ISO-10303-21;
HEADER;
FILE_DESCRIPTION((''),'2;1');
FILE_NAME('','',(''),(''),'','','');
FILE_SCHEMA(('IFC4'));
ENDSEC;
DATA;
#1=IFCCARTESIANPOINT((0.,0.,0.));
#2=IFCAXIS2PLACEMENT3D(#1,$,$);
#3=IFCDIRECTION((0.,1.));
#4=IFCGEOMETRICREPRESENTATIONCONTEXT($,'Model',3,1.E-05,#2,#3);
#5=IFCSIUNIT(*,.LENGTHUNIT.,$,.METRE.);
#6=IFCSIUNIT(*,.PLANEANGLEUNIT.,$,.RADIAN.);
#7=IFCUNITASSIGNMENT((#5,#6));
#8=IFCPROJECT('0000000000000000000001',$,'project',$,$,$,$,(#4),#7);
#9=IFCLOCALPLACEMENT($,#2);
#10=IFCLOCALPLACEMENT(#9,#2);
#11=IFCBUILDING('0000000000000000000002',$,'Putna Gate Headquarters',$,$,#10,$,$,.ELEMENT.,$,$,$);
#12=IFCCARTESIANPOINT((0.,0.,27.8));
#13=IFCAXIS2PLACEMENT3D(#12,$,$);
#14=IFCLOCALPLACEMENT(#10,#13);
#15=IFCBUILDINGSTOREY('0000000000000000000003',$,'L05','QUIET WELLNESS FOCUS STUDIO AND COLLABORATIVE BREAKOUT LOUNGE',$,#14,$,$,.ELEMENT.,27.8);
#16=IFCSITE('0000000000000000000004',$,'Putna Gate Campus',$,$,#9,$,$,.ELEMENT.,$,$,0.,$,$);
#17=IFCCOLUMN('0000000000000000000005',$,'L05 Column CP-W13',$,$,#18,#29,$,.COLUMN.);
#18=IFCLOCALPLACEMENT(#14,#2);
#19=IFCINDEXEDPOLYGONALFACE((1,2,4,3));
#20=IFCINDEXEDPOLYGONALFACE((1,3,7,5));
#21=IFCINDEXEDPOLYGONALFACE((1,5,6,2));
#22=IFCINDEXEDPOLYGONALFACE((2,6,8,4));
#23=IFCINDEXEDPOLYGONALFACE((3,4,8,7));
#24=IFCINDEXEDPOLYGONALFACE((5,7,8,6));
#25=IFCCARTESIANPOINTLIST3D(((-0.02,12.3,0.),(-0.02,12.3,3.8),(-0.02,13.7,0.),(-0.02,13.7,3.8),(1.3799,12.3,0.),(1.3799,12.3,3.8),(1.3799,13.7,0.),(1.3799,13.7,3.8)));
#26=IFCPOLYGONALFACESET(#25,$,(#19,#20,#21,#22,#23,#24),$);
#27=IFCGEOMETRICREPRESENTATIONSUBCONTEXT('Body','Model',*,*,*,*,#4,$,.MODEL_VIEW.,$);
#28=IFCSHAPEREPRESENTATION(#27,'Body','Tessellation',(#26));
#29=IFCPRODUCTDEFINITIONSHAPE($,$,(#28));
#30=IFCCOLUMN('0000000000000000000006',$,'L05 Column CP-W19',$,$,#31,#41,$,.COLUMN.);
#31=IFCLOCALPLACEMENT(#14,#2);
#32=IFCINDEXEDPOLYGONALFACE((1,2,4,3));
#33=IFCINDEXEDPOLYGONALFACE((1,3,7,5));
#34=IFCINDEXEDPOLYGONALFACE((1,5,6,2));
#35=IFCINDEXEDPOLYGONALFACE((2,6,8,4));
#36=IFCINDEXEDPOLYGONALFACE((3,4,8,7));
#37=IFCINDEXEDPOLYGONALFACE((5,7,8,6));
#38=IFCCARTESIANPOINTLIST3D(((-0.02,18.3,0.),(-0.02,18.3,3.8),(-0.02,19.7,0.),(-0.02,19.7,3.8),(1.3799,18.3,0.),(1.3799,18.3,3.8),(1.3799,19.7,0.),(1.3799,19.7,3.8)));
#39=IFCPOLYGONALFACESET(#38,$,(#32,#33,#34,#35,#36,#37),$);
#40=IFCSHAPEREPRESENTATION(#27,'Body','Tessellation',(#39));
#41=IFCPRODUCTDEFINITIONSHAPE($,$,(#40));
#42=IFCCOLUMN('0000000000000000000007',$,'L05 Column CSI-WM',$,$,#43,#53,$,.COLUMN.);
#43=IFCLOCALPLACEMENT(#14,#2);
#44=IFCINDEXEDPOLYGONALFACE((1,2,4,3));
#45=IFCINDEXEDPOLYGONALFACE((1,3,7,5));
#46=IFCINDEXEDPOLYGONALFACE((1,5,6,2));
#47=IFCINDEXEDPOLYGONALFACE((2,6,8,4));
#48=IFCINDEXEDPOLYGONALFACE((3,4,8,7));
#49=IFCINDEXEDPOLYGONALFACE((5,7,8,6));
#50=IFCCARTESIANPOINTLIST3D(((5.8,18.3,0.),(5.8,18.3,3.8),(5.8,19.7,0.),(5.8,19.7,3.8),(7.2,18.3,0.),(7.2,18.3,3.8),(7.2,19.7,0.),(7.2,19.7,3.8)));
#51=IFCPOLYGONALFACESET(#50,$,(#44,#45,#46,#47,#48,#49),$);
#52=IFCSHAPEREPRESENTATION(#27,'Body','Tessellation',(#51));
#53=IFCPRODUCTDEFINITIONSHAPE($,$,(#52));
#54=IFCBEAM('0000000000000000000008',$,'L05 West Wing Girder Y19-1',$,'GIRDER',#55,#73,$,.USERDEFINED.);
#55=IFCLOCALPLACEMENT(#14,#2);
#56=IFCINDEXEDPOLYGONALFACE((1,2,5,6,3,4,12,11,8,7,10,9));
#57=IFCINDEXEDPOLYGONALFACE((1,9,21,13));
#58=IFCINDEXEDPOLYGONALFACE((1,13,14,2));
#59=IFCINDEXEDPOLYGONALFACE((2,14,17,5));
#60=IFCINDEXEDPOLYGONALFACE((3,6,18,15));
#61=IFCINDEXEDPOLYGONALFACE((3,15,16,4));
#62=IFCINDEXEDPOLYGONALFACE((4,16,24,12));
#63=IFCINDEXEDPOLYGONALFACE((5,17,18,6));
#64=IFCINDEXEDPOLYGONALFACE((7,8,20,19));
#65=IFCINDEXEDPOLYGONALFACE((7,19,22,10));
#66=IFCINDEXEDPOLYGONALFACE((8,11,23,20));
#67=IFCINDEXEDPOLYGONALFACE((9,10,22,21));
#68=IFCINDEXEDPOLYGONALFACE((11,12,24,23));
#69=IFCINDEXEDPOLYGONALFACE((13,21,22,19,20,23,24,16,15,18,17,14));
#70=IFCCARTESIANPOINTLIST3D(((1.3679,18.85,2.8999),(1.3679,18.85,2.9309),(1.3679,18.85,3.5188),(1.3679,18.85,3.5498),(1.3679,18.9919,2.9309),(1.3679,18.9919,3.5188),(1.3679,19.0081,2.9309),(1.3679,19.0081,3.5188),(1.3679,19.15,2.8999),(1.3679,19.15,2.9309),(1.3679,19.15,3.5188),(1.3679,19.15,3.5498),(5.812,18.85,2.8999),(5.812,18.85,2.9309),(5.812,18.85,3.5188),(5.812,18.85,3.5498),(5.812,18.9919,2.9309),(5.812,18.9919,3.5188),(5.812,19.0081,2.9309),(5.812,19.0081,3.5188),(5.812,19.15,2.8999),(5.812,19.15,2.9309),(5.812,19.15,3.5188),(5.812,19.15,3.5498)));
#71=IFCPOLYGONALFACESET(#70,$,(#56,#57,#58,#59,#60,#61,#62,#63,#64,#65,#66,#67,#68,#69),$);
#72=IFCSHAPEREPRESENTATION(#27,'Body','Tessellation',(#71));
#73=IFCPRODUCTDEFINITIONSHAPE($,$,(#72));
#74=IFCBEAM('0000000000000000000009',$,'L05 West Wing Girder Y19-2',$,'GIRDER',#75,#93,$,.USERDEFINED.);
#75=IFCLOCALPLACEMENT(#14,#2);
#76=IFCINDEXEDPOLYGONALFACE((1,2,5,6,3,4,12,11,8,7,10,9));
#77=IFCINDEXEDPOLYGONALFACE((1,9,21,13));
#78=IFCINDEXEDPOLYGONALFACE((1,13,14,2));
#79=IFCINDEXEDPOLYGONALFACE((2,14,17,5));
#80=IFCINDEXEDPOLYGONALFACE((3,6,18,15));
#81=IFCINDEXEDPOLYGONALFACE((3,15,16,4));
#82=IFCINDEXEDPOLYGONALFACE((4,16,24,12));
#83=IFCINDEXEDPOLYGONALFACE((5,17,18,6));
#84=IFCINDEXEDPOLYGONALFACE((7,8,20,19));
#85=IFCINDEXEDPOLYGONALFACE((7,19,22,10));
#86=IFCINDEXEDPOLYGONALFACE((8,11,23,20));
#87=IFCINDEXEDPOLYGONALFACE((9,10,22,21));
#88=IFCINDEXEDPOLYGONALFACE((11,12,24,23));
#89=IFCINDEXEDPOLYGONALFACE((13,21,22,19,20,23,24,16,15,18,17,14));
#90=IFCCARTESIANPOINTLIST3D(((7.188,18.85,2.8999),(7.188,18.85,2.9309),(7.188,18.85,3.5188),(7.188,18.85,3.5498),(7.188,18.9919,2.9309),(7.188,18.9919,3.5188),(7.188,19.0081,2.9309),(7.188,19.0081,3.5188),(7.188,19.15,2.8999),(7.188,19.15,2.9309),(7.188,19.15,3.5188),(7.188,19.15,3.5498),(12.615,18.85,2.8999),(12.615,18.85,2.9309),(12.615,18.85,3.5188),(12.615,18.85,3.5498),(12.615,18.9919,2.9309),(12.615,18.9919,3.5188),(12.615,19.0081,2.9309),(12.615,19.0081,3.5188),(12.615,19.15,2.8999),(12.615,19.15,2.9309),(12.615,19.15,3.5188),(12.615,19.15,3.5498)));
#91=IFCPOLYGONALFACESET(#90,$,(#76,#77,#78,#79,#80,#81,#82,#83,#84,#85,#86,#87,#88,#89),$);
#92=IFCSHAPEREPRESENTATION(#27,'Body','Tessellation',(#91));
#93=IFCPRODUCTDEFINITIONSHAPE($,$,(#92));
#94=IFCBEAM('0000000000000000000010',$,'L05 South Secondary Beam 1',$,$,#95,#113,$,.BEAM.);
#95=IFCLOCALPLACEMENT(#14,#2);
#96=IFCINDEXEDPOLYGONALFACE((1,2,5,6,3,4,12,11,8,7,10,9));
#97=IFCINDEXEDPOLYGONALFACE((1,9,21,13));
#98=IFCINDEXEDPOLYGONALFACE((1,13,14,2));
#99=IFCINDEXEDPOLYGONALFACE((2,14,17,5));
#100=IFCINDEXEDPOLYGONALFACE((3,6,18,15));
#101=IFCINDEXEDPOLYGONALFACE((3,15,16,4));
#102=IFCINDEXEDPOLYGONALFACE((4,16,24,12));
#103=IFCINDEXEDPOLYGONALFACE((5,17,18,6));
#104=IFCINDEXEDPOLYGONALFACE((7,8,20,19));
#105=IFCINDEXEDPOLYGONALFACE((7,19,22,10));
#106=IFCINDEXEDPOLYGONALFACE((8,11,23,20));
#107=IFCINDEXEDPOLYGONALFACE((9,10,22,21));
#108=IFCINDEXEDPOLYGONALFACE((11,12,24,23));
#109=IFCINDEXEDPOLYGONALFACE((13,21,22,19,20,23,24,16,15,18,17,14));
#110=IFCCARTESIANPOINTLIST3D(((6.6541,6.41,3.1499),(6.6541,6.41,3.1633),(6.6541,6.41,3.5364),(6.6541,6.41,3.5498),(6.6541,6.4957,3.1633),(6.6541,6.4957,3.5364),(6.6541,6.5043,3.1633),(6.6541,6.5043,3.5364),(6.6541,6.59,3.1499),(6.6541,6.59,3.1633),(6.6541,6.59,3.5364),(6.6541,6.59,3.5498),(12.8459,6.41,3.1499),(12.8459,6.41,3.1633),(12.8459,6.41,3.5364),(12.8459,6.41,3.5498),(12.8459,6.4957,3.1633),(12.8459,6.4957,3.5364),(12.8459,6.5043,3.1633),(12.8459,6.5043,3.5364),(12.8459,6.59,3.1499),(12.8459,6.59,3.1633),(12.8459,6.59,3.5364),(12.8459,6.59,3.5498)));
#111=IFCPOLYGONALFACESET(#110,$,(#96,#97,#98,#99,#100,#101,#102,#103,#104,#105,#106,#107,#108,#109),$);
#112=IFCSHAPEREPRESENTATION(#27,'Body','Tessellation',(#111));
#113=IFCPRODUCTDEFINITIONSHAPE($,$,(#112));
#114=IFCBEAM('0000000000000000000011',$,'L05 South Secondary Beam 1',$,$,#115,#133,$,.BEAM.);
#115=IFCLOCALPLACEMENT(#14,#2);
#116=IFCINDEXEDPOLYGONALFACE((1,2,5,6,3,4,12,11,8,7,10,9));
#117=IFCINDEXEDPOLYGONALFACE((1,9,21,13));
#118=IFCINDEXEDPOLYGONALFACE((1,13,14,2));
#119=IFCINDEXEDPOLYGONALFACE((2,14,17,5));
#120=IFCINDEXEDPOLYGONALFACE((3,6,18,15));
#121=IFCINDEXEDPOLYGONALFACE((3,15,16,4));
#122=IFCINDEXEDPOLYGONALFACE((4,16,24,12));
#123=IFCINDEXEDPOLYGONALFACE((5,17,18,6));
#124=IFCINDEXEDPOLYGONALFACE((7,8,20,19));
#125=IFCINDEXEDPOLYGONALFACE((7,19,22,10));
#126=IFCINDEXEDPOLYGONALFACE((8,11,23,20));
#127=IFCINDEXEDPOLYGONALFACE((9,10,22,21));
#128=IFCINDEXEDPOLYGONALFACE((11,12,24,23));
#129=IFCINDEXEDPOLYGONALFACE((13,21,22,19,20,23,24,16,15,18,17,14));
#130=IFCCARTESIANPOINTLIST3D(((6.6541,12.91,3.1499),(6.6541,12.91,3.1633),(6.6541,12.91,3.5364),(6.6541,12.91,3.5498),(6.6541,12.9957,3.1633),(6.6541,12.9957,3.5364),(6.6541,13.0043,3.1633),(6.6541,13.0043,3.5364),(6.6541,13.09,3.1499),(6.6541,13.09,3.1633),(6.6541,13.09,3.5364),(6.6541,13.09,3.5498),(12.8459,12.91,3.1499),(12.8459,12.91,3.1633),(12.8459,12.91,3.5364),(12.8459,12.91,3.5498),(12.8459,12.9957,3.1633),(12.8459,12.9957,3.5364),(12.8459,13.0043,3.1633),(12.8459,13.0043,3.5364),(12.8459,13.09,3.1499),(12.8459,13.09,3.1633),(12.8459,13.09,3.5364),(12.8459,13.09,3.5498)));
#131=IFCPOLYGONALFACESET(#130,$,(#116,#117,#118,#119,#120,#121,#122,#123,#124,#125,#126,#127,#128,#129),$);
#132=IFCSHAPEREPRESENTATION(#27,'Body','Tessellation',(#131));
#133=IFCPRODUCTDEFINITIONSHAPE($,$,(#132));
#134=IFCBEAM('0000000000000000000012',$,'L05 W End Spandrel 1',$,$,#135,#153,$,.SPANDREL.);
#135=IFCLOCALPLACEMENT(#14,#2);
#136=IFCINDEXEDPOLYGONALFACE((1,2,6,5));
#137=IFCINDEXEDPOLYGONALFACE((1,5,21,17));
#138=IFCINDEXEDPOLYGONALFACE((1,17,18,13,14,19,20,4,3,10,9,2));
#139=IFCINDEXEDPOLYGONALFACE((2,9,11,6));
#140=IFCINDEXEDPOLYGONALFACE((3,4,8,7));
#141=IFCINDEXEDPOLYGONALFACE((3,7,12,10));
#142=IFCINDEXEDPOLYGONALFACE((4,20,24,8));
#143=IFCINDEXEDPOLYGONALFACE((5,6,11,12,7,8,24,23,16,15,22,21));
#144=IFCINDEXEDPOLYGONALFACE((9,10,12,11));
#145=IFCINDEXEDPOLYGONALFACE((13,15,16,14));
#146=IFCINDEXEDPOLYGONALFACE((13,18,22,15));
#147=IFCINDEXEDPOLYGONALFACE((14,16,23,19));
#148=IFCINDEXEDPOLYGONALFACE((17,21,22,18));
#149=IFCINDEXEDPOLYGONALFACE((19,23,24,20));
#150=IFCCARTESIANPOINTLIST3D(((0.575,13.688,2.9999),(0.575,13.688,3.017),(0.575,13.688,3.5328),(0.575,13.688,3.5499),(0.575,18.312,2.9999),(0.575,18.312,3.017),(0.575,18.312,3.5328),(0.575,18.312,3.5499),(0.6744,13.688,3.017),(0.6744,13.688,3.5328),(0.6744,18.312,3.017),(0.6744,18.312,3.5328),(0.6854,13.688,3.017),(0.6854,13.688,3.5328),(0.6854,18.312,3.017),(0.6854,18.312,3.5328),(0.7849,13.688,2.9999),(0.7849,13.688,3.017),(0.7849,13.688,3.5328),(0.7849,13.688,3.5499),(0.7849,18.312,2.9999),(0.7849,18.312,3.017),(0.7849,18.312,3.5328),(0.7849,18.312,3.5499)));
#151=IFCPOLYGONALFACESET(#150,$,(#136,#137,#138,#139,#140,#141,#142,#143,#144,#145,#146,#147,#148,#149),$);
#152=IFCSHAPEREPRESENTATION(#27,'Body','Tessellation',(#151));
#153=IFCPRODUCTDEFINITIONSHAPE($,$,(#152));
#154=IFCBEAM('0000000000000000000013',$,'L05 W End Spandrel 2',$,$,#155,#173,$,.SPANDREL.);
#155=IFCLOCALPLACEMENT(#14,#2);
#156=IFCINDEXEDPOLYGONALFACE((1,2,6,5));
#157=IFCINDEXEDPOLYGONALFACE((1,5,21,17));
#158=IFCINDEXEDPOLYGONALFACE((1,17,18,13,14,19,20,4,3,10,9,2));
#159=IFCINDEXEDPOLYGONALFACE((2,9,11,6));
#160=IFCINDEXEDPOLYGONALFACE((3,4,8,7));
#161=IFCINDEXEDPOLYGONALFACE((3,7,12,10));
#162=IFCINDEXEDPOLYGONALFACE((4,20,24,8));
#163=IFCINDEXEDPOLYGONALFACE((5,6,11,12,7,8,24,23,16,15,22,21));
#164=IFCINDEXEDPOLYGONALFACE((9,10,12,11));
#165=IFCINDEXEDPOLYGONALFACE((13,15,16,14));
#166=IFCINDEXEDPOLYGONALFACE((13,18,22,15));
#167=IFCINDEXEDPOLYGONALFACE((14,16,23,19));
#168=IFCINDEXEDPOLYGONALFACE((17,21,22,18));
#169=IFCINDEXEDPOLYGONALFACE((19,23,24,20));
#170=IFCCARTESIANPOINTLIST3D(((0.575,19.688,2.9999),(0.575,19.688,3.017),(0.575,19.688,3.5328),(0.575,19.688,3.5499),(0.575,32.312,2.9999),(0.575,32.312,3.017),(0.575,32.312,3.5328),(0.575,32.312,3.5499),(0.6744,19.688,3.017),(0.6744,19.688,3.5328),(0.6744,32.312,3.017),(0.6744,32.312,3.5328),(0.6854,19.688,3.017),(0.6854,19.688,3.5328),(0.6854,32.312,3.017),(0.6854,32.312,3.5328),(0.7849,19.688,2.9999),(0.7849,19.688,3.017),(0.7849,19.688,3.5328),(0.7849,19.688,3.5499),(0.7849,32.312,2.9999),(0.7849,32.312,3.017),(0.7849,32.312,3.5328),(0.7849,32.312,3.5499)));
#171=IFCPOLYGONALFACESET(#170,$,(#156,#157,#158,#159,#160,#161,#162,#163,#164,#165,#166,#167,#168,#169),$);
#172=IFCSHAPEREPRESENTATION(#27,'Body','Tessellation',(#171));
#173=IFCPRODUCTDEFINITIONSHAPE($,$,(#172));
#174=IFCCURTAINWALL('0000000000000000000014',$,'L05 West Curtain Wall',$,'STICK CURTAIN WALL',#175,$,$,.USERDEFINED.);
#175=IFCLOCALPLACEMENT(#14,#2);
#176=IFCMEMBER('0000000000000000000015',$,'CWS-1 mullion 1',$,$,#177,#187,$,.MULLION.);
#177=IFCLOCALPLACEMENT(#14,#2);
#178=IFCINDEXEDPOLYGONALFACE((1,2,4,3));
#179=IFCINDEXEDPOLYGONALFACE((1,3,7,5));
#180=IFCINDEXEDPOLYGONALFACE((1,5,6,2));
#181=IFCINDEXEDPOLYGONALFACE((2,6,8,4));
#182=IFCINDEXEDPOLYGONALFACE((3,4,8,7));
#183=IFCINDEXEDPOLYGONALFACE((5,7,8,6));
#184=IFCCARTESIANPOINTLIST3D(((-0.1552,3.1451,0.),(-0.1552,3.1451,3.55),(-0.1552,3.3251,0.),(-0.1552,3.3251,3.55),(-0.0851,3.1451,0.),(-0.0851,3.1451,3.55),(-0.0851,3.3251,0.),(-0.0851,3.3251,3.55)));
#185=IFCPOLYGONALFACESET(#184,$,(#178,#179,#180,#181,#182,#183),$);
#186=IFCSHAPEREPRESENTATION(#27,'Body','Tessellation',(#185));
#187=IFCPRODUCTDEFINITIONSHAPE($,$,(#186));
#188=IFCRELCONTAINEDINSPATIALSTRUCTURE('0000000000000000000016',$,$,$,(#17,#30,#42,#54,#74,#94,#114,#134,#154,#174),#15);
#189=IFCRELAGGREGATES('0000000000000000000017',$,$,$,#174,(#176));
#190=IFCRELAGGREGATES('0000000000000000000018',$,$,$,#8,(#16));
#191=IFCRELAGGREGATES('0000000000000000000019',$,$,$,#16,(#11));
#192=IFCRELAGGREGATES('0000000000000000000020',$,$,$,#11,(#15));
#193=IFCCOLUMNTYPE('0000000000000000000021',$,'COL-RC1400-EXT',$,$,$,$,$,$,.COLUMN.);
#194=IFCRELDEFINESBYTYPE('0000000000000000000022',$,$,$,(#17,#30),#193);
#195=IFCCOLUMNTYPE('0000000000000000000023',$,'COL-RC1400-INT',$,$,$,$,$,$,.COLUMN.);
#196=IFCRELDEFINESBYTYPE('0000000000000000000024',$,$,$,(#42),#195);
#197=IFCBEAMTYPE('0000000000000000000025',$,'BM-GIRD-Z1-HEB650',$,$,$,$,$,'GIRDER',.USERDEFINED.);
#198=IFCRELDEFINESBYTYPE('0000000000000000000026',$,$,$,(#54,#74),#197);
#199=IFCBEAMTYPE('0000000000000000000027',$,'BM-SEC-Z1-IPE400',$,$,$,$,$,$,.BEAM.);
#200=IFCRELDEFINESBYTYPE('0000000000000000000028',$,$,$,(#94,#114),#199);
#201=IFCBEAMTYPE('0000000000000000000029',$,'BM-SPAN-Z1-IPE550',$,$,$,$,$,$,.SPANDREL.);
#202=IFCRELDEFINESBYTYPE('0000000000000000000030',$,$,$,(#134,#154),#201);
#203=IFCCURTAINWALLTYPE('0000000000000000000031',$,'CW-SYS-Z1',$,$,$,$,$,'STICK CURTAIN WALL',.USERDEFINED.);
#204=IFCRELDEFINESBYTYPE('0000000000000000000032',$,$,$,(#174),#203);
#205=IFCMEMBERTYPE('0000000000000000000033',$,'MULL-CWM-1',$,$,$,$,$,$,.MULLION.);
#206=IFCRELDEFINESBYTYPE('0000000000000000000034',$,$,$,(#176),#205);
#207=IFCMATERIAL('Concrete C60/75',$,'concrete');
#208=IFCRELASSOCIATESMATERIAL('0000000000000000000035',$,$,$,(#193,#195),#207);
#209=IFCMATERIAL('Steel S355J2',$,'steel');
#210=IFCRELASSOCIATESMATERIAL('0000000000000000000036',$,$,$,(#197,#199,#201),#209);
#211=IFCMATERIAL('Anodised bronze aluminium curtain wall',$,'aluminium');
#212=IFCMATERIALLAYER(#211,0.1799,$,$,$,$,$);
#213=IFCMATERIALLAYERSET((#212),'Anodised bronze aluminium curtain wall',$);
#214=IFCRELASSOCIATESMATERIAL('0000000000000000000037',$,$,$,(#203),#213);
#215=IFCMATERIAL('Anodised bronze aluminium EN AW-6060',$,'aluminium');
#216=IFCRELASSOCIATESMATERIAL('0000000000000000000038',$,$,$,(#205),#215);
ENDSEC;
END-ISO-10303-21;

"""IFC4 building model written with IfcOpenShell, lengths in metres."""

from ifc_helpers import new_model, si_unit, direction, frame, origin, origin_2d, place, context, subcontext, project, spatial, rectangle, i_section, extrude, material, layer, layer_set, material_profile, profile_set, type_object, element, aggregate, save


model = new_model("IFC4")

# Units and contexts
model_context = context("Model", 3, precision=1e-05, world=origin(), true_north=direction((0.0, 1.0)))
body_context = subcontext(model_context, "Body", "Model", "MODEL_VIEW")
ifc_project = project(units=[si_unit("LENGTHUNIT", "METRE"), si_unit("PLANEANGLEUNIT", "RADIAN")], contexts=[model_context])

# Site, building, storey
site_placement = place(None, origin())
site = spatial("IfcSite", under=ifc_project, at=site_placement, Name="Putna Gate Campus", CompositionType="ELEMENT", RefElevation=0.0)
building_placement = place(site_placement, origin())
building = spatial("IfcBuilding", under=site, at=building_placement, Name="Putna Gate Headquarters", CompositionType="ELEMENT")
storey_placement = place(building_placement, frame((0.0, 0.0, 27.8)))
storey = spatial("IfcBuildingStorey", under=building, at=storey_placement, Name="L05", Description="QUIET WELLNESS FOCUS STUDIO AND COLLABORATIVE BREAKOUT LOUNGE", CompositionType="ELEMENT", Elevation=27.8)

# Columns
ifc_material_1 = material(Name="Concrete C60/75", Category="concrete")
ifc_material_profile_1 = material_profile(ifc_material_1, rectangle(XDim=1.3999, YDim=1.3999, at=origin_2d()), Name="Concrete C60/75")
ifc_profile_set_1 = profile_set([ifc_material_profile_1], Name="Concrete C60/75")
column_type_1 = type_object("IfcColumnType", Name="COL-RC1400-EXT", PredefinedType="COLUMN", material=ifc_profile_set_1)
for number, where, z_axis, x_axis, name in (
    (1, (0.6799, 13.0, 0.0), (0.0, 0.0, 1.0), (1.0, 0.0, 0.0), "L05 Column CP-W13"),
    (2, (0.6799, 19.0, 0.0), (0.0, 0.0, 1.0), (1.0, 0.0, 0.0), "L05 Column CP-W19"),
):
    element("IfcColumn", number, at=place(storey_placement, frame(where, z_axis=z_axis, x_axis=x_axis)), inside=storey, type_object=column_type_1, Name=name, PredefinedType="COLUMN", context=body_context, shape_type="SweptSolid", body=[
        extrude(rectangle(XDim=1.3999, YDim=1.3999, at=origin_2d()), origin(), (0.0, 0.0, 1.0), 3.8),
    ])
ifc_material_profile_2 = material_profile(ifc_material_1, rectangle(XDim=1.3999, YDim=1.3999, at=origin_2d()), Name="Concrete C60/75")
ifc_profile_set_2 = profile_set([ifc_material_profile_2], Name="Concrete C60/75")
column_type_2 = type_object("IfcColumnType", Name="COL-RC1400-INT", PredefinedType="COLUMN", material=ifc_profile_set_2)
column_placement = place(storey_placement, frame((6.5, 19.0, 0.0), z_axis=(0.0, 0.0, 1.0), x_axis=(1.0, 0.0, 0.0)))
element("IfcColumn", 3, at=column_placement, inside=storey, type_object=column_type_2, Name="L05 Column CSI-WM", PredefinedType="COLUMN", context=body_context, shape_type="SweptSolid", body=[
    extrude(rectangle(XDim=1.3999, YDim=1.3999, at=origin_2d()), origin(), (0.0, 0.0, 1.0), 3.8),
])

# Beams
ifc_material_2 = material(Name="Steel S355J2", Category="steel")
ifc_material_profile_3 = material_profile(ifc_material_2, i_section(OverallWidth=0.3, OverallDepth=0.6499, WebThickness=0.0161, FlangeThickness=0.031, at=origin_2d()), Name="Steel S355J2")
ifc_profile_set_3 = profile_set([ifc_material_profile_3], Name="Steel S355J2")
beam_type_1 = type_object("IfcBeamType", Name="BM-GIRD-Z1-HEB650", ElementType="GIRDER", PredefinedType="USERDEFINED", material=ifc_profile_set_3)
beam_1_placement = place(storey_placement, frame((1.3679, 19.0, 3.2249), z_axis=(1.0, 0.0, 0.0), x_axis=(0.0, 1.0, 0.0)))
element("IfcBeam", 4, at=beam_1_placement, inside=storey, type_object=beam_type_1, Name="L05 West Wing Girder Y19-1", ObjectType="GIRDER", PredefinedType="USERDEFINED", context=body_context, shape_type="SweptSolid", body=[
    extrude(i_section(OverallWidth=0.3, OverallDepth=0.6499, WebThickness=0.0161, FlangeThickness=0.031, at=origin_2d()), origin(), (0.0, 0.0, 1.0), 4.4441),
])
beam_2_placement = place(storey_placement, frame((7.188, 19.0, 3.2249), z_axis=(1.0, 0.0, 0.0), x_axis=(0.0, 1.0, 0.0)))
element("IfcBeam", 5, at=beam_2_placement, inside=storey, type_object=beam_type_1, Name="L05 West Wing Girder Y19-2", ObjectType="GIRDER", PredefinedType="USERDEFINED", context=body_context, shape_type="SweptSolid", body=[
    extrude(i_section(OverallWidth=0.3, OverallDepth=0.6499, WebThickness=0.0161, FlangeThickness=0.031, at=origin_2d()), origin(), (0.0, 0.0, 1.0), 5.427),
])
ifc_material_profile_4 = material_profile(ifc_material_2, i_section(OverallWidth=0.1799, OverallDepth=0.3999, WebThickness=0.0085, FlangeThickness=0.0134, at=origin_2d()), Name="Steel S355J2")
ifc_profile_set_4 = profile_set([ifc_material_profile_4], Name="Steel S355J2")
beam_type_2 = type_object("IfcBeamType", Name="BM-SEC-Z1-IPE400", PredefinedType="BEAM", material=ifc_profile_set_4)
for number, where, z_axis, x_axis, name in (
    (6, (6.6541, 6.5, 3.3499), (1.0, 0.0, 0.0), (0.0, 1.0, 0.0), "L05 South Secondary Beam 1"),
    (7, (6.6541, 13.0, 3.3499), (1.0, 0.0, 0.0), (0.0, 1.0, 0.0), "L05 South Secondary Beam 1"),
):
    element("IfcBeam", number, at=place(storey_placement, frame(where, z_axis=z_axis, x_axis=x_axis)), inside=storey, type_object=beam_type_2, Name=name, PredefinedType="BEAM", context=body_context, shape_type="SweptSolid", body=[
        extrude(i_section(OverallWidth=0.1799, OverallDepth=0.3999, WebThickness=0.0085, FlangeThickness=0.0134, at=origin_2d()), origin(), (0.0, 0.0, 1.0), 6.1919),
    ])
ifc_material_profile_5 = material_profile(ifc_material_2, i_section(OverallWidth=0.21, OverallDepth=0.55, WebThickness=0.011, FlangeThickness=0.0171, at=origin_2d()), Name="Steel S355J2")
ifc_profile_set_5 = profile_set([ifc_material_profile_5], Name="Steel S355J2")
beam_type_3 = type_object("IfcBeamType", Name="BM-SPAN-Z1-IPE550", PredefinedType="SPANDREL", material=ifc_profile_set_5)
beam_3_placement = place(storey_placement, frame((0.6799, 13.688, 3.2749), z_axis=(0.0, 1.0, 0.0), x_axis=(-1.0, 0.0, 0.0)))
element("IfcBeam", 8, at=beam_3_placement, inside=storey, type_object=beam_type_3, Name="L05 W End Spandrel 1", PredefinedType="SPANDREL", context=body_context, shape_type="SweptSolid", body=[
    extrude(i_section(OverallWidth=0.21, OverallDepth=0.55, WebThickness=0.011, FlangeThickness=0.0171, at=origin_2d()), origin(), (0.0, 0.0, 1.0), 4.624),
])
beam_4_placement = place(storey_placement, frame((0.6799, 19.688, 3.2749), z_axis=(0.0, 1.0, 0.0), x_axis=(-1.0, 0.0, 0.0)))
element("IfcBeam", 9, at=beam_4_placement, inside=storey, type_object=beam_type_3, Name="L05 W End Spandrel 2", PredefinedType="SPANDREL", context=body_context, shape_type="SweptSolid", body=[
    extrude(i_section(OverallWidth=0.21, OverallDepth=0.55, WebThickness=0.011, FlangeThickness=0.0171, at=origin_2d()), origin(), (0.0, 0.0, 1.0), 12.624),
])

# Curtain wall, member
ifc_material_3 = material(Name="Anodised bronze aluminium curtain wall", Category="aluminium")
ifc_layer_1 = layer(ifc_material_3, 0.1799)
ifc_layer_set_1 = layer_set([ifc_layer_1], Name="Anodised bronze aluminium curtain wall")
curtain_wall_type = type_object("IfcCurtainWallType", Name="CW-SYS-Z1", ElementType="STICK CURTAIN WALL", PredefinedType="USERDEFINED", material=ifc_layer_set_1)
curtain_wall_placement = place(storey_placement, origin())
curtain_wall = element("IfcCurtainWall", 10, at=curtain_wall_placement, inside=storey, type_object=curtain_wall_type, Name="L05 West Curtain Wall", ObjectType="STICK CURTAIN WALL", PredefinedType="USERDEFINED")
ifc_material_4 = material(Name="Anodised bronze aluminium EN AW-6060", Category="aluminium")
ifc_material_profile_6 = material_profile(ifc_material_4, rectangle(XDim=0.0701, YDim=0.1799, at=origin_2d()), Name="Anodised bronze aluminium EN AW-6060")
ifc_profile_set_6 = profile_set([ifc_material_profile_6], Name="Anodised bronze aluminium EN AW-6060")
member_type_1 = type_object("IfcMemberType", Name="MULL-CWM-1", PredefinedType="MULLION", material=ifc_profile_set_6)
member_1_placement = place(storey_placement, frame((-0.1201, 3.2351, 0.0), z_axis=(0.0, 0.0, 1.0), x_axis=(-1.0, 0.0, 0.0)))
member_1 = element("IfcMember", 11, at=member_1_placement, type_object=member_type_1, Name="CWS-1 mullion 1", PredefinedType="MULLION", context=body_context, shape_type="SweptSolid", body=[
    extrude(rectangle(XDim=0.0701, YDim=0.1799, at=origin_2d()), origin(), (0.0, 0.0, 1.0), 3.55),
])
aggregate(curtain_wall, [member_1])

save(model, "model.ifc")
